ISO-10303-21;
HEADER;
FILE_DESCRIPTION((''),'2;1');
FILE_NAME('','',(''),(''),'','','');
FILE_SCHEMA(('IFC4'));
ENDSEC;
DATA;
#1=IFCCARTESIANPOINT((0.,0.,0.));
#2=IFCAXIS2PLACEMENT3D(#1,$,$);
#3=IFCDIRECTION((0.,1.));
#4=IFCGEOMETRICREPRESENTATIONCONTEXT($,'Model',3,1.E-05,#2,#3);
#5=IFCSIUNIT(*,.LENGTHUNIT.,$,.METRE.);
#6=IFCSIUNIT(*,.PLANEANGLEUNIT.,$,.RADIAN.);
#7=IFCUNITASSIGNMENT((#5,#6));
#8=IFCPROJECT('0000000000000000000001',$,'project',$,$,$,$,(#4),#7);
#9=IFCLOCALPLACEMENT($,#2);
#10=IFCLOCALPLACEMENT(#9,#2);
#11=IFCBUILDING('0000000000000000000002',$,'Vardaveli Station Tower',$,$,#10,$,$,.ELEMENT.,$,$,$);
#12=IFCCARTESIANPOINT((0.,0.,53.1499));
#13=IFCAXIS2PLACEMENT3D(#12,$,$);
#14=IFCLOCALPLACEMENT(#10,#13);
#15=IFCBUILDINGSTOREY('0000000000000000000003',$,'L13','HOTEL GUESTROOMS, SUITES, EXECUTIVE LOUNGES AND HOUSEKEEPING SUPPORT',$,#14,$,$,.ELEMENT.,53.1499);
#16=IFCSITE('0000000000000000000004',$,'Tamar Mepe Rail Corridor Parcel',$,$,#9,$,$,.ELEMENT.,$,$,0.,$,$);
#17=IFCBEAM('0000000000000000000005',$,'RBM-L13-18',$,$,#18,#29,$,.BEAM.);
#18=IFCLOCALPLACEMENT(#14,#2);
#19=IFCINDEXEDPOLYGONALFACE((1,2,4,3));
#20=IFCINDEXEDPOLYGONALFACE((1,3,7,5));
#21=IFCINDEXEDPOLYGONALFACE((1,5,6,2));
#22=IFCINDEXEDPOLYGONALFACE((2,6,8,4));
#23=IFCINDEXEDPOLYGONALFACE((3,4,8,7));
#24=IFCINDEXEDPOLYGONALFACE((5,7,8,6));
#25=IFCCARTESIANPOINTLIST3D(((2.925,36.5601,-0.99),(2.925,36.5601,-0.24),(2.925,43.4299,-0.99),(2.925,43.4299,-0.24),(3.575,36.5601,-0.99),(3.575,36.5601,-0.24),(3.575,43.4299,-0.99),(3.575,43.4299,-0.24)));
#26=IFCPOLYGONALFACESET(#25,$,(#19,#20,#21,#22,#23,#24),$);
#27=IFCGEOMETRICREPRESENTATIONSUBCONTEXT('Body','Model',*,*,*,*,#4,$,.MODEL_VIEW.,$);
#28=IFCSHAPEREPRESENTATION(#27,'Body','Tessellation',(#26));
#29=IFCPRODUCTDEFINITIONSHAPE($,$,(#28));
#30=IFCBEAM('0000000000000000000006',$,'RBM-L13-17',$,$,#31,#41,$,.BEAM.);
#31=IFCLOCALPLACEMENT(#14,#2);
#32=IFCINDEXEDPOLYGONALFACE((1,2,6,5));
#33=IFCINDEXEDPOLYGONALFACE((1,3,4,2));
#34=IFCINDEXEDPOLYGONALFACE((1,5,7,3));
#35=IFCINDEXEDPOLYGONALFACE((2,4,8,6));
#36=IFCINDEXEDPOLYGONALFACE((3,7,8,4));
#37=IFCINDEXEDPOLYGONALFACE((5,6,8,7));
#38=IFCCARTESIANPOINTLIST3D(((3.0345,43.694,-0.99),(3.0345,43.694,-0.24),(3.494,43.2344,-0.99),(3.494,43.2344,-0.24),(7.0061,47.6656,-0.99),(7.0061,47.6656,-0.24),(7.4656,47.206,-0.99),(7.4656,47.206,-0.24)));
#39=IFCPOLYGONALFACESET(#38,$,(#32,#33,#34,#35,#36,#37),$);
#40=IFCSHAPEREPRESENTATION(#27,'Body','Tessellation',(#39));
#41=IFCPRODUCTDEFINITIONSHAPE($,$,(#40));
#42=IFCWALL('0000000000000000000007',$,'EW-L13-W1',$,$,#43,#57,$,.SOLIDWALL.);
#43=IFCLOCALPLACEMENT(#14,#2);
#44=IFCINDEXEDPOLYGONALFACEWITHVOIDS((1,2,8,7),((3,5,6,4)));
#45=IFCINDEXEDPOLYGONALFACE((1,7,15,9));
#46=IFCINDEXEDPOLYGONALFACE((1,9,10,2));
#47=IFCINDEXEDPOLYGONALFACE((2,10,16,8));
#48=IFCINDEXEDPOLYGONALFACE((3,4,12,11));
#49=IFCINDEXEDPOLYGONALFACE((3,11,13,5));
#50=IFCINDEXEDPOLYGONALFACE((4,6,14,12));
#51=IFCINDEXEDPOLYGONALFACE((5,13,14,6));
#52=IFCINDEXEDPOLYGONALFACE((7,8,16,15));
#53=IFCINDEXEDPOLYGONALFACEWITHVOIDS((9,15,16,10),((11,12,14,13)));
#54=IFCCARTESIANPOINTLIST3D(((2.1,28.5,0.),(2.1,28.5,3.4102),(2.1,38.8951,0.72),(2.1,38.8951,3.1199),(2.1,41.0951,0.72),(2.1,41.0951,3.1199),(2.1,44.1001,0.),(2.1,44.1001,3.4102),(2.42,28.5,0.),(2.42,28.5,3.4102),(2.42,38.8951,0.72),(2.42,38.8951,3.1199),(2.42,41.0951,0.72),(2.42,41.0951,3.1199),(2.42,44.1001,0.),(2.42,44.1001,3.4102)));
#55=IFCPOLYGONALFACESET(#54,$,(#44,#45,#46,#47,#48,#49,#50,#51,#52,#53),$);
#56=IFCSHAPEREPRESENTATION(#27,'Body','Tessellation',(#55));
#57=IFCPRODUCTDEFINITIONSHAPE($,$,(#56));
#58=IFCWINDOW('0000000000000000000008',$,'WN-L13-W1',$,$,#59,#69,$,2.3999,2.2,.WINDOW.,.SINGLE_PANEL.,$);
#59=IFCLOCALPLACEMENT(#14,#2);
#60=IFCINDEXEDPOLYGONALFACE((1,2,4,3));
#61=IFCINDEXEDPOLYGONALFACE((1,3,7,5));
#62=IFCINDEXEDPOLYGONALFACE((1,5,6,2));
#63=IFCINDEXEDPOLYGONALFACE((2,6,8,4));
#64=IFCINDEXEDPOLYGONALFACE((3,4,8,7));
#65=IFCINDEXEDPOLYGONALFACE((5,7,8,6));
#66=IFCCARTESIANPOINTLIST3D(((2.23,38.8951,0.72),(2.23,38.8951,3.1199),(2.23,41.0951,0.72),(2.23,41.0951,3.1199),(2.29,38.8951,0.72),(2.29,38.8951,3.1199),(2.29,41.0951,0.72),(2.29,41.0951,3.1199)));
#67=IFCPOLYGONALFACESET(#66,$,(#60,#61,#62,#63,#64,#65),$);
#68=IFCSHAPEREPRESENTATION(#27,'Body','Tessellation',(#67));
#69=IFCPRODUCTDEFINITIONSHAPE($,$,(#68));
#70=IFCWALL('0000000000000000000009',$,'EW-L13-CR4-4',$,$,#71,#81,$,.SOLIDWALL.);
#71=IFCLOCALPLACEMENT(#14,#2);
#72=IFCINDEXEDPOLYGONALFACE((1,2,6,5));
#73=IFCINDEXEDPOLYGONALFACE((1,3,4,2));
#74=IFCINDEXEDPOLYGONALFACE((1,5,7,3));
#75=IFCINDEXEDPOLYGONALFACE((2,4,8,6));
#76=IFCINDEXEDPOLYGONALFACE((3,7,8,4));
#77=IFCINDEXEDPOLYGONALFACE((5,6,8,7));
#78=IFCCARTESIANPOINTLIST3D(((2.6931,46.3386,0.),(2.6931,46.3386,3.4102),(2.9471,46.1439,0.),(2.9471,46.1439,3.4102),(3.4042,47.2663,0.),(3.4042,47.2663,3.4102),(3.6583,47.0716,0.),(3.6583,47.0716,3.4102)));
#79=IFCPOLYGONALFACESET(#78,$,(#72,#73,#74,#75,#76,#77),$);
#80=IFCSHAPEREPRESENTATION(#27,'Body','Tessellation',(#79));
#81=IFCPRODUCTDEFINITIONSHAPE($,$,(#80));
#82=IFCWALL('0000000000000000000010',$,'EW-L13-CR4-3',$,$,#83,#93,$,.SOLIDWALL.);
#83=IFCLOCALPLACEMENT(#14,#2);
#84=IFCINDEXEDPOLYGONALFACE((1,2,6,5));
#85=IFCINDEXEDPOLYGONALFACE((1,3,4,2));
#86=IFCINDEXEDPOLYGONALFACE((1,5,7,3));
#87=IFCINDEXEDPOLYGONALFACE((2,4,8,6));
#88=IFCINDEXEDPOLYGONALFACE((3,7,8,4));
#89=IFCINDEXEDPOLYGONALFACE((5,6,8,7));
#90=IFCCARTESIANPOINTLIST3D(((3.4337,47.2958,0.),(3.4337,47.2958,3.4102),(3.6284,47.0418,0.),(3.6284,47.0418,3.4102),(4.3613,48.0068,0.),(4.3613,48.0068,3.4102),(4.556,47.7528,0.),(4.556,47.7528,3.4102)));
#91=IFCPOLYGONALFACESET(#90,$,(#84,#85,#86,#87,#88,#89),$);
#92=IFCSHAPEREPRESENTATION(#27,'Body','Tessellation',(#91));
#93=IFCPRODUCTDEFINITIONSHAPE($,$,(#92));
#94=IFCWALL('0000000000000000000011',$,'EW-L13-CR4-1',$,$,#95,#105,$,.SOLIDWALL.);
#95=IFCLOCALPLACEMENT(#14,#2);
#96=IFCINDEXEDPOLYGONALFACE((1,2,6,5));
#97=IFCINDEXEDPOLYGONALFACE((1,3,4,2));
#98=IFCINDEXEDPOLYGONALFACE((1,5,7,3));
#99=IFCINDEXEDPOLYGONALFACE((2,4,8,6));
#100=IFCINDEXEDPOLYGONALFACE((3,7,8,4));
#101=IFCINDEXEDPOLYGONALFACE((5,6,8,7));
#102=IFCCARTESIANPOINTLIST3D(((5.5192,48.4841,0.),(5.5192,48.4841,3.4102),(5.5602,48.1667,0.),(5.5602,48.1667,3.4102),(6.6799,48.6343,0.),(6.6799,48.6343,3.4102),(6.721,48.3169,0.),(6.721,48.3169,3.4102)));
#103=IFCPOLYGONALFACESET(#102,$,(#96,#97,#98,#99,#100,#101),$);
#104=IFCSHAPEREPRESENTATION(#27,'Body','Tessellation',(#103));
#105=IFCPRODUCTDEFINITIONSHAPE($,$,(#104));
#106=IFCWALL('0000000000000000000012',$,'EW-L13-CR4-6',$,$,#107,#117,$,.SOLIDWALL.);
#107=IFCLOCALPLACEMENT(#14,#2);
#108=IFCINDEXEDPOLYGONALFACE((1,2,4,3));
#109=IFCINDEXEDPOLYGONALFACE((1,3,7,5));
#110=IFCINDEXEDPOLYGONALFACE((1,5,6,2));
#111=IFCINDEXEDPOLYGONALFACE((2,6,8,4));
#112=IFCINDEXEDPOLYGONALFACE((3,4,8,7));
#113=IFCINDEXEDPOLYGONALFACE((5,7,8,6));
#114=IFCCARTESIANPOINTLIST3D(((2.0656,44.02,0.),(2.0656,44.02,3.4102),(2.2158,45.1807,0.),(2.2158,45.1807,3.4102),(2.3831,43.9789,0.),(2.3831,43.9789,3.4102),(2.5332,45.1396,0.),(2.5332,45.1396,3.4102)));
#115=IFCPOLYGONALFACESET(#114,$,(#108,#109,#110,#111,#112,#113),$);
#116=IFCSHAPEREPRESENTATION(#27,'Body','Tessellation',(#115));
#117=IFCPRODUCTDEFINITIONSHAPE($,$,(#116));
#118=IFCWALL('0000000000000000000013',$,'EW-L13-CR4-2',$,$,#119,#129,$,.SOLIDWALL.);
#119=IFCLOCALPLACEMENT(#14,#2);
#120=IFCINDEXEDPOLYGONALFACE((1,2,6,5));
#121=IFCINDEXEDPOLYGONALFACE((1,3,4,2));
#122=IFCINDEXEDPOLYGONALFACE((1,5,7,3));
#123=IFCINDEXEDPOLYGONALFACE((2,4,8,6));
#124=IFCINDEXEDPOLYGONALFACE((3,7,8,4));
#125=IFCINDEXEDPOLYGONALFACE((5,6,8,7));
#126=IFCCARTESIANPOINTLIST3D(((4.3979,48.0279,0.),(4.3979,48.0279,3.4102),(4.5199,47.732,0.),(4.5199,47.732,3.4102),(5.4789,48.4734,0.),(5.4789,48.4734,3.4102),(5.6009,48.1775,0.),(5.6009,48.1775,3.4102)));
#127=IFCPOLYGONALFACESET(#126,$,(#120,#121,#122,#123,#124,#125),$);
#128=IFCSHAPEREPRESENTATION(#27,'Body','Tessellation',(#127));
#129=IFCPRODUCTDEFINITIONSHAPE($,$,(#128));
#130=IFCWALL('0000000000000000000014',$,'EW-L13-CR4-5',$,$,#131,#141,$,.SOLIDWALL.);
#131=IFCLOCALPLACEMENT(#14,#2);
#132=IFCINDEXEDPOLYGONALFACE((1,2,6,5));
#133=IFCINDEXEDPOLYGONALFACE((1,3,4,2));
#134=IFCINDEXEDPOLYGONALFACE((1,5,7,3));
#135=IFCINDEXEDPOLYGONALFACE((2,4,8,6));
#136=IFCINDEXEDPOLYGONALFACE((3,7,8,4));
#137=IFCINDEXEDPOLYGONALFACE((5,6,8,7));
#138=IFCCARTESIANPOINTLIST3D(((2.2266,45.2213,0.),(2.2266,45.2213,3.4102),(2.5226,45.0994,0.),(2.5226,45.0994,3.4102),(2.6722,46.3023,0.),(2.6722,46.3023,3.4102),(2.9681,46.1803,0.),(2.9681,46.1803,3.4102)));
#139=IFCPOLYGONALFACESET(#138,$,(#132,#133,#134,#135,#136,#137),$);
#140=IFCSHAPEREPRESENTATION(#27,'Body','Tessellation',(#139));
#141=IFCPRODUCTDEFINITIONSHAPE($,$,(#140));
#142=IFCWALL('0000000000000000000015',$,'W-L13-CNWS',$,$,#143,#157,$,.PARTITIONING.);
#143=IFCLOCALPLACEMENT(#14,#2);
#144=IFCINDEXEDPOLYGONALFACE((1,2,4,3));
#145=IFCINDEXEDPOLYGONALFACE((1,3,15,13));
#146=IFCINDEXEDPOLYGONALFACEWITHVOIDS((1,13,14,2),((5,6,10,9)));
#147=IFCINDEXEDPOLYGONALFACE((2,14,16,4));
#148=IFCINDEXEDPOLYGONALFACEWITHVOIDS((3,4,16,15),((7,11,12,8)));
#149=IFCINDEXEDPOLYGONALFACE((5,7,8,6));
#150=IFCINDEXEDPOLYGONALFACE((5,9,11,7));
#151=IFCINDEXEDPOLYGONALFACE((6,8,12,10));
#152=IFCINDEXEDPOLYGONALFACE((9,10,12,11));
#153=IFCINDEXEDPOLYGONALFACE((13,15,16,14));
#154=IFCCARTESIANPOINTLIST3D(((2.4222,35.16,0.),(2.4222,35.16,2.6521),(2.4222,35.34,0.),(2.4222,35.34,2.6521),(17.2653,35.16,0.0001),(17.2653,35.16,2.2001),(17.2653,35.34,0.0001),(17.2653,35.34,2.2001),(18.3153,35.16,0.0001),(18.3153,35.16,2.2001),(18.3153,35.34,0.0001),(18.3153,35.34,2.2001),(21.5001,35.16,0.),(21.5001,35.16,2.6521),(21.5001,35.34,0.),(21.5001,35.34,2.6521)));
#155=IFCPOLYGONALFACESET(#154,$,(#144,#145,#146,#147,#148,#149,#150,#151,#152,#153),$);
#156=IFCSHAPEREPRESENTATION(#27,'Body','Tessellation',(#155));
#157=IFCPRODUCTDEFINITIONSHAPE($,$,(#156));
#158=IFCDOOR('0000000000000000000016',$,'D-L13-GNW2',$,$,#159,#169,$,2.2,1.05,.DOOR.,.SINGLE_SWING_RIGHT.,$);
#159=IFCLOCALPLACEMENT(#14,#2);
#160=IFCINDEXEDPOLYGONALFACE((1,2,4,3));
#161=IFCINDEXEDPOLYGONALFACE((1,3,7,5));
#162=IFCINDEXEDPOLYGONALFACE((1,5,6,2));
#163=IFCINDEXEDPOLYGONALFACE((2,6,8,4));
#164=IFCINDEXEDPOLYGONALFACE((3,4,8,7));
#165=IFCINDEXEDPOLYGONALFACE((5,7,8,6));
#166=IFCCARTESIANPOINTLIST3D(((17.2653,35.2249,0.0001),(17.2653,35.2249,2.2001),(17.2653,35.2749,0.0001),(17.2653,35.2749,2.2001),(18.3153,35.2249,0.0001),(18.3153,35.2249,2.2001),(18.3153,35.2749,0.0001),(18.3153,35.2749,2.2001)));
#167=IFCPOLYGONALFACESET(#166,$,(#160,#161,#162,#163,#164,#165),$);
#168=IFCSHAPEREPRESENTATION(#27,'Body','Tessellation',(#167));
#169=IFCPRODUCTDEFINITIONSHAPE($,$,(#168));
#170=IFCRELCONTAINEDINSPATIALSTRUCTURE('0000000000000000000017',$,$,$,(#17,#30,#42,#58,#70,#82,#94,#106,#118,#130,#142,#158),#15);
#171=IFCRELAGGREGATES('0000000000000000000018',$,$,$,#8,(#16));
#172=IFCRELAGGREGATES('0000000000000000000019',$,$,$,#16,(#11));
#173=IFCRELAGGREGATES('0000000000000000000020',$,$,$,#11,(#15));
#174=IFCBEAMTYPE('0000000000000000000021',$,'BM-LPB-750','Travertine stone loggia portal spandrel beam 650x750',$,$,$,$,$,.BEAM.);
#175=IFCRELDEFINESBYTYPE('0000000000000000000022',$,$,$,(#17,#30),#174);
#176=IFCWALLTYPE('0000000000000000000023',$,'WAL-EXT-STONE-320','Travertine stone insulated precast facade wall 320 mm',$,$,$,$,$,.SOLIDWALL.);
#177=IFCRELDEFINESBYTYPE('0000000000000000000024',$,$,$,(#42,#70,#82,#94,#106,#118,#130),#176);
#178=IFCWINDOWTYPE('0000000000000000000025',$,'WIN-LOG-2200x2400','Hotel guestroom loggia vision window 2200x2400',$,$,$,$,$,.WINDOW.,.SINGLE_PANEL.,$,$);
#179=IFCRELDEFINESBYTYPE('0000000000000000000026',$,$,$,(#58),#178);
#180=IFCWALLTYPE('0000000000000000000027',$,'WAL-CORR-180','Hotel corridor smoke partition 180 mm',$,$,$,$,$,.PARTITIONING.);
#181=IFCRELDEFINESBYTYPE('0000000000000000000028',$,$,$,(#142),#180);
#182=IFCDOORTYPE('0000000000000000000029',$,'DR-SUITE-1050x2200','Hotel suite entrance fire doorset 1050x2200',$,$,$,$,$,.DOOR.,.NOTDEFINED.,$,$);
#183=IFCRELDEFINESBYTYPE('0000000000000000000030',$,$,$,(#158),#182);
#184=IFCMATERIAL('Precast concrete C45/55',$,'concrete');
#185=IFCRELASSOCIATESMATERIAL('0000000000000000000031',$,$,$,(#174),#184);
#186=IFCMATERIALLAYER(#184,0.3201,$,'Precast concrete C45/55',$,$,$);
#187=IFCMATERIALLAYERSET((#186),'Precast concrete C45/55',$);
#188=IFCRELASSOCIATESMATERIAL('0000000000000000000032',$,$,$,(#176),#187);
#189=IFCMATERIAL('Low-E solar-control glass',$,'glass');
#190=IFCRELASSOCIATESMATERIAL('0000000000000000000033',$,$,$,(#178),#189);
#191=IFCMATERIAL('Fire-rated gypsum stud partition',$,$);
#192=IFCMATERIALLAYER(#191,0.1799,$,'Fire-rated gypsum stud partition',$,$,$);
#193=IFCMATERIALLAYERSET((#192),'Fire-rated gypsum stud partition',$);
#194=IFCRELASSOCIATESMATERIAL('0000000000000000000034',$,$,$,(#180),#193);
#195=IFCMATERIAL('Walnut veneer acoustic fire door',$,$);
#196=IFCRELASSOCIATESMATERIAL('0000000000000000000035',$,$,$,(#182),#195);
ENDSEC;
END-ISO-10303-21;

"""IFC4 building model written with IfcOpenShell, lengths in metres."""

from ifc_helpers import new_model, si_unit, direction, frame, frame_2d, origin, origin_2d, place, context, subcontext, project, spatial, rectangle, extrude, source, transform, mapped, material, layer, layer_set, material_profile, profile_set, type_object, element, fill, save


model = new_model("IFC4")

# Units and contexts
model_context = context("Model", 3, precision=1e-05, world=origin(), true_north=direction((0.0, 1.0)))
body_context = subcontext(model_context, "Body", "Model", "MODEL_VIEW")
ifc_project = project(units=[si_unit("LENGTHUNIT", "METRE"), si_unit("PLANEANGLEUNIT", "RADIAN")], contexts=[model_context])

# Site, building, storey
site_placement = place(None, origin())
site = spatial("IfcSite", under=ifc_project, at=site_placement, Name="Tamar Mepe Rail Corridor Parcel", CompositionType="ELEMENT", RefElevation=0.0)
building_placement = place(site_placement, origin())
building = spatial("IfcBuilding", under=site, at=building_placement, Name="Vardaveli Station Tower", CompositionType="ELEMENT")
storey_placement = place(building_placement, frame((0.0, 0.0, 53.1499)))
storey = spatial("IfcBuildingStorey", under=building, at=storey_placement, Name="L13", Description="HOTEL GUESTROOMS, SUITES, EXECUTIVE LOUNGES AND HOUSEKEEPING SUPPORT", CompositionType="ELEMENT", Elevation=53.1499)

# Beams
ifc_material_1 = material(Name="Precast concrete C45/55", Category="concrete")
ifc_material_profile_1 = material_profile(ifc_material_1, rectangle(XDim=0.6499, YDim=0.75, at=origin_2d()), Name="LPB 650x750")
ifc_profile_set_1 = profile_set([ifc_material_profile_1], Name="Precast concrete C45/55")
beam_type = type_object("IfcBeamType", Name="BM-LPB-750", Description="Travertine stone loggia portal spandrel beam 650x750", PredefinedType="BEAM", material=ifc_profile_set_1)
shared_shape_1 = source(origin(), body_context, "Body", "SweptSolid", [
    extrude(rectangle(XDim=0.6499, YDim=0.75, at=origin_2d()), origin(), (0.0, 0.0, 1.0), 6.8699),
])
for number, where, z_axis, x_axis, name in (
    (1, (3.25, 43.4299, -0.615), (0.0, -1.0, 0.0), (1.0, 0.0, 0.0), "RBM-L13-18"),
):
    element("IfcBeam", number, at=place(storey_placement, frame(where, z_axis=z_axis, x_axis=x_axis)), inside=storey, type_object=beam_type, Name=name, PredefinedType="BEAM", context=body_context, shape_type="MappedRepresentation", body=[
        mapped(shared_shape_1, transform((0.0, 0.0, 0.0), scale=1.0)),
    ])
shared_shape_2 = source(origin(), body_context, "Body", "SweptSolid", [
    extrude(rectangle(XDim=0.6499, YDim=0.75, at=origin_2d()), origin(), (0.0, 0.0, 1.0), 5.6167),
])
beam_1_placement = place(storey_placement, frame((7.2358, 47.4358, -0.615), z_axis=(-0.707107, -0.707107, 0.0), x_axis=(0.707107, -0.707107, 0.0)))
element("IfcBeam", 2, at=beam_1_placement, inside=storey, type_object=beam_type, Name="RBM-L13-17", PredefinedType="BEAM", context=body_context, shape_type="MappedRepresentation", body=[
    mapped(shared_shape_2, transform((0.0, 0.0, 0.0), scale=1.0)),
])

# Wall, opening, window
ifc_layer_1 = layer(ifc_material_1, 0.3201, Name="Precast concrete C45/55")
ifc_layer_set_1 = layer_set([ifc_layer_1], Name="Precast concrete C45/55")
wall_type_1 = type_object("IfcWallType", Name="WAL-EXT-STONE-320", Description="Travertine stone insulated precast facade wall 320 mm", PredefinedType="SOLIDWALL", material=ifc_layer_set_1)
shared_shape_3 = source(origin(), body_context, "Body", "SweptSolid", [
    extrude(rectangle(XDim=15.6001, YDim=0.3201, at=frame_2d((7.8, 0.0))), origin(), (0.0, 0.0, 1.0), 3.4102),
])
wall_1_placement = place(storey_placement, frame((2.26, 44.1001, 0.0), z_axis=(0.0, 0.0, 1.0), x_axis=(0.0, -1.0, 0.0)))
wall_1 = element("IfcWall", 3, at=wall_1_placement, inside=storey, type_object=wall_type_1, Name="EW-L13-W1", PredefinedType="SOLIDWALL", context=body_context, shape_type="MappedRepresentation", body=[
    mapped(shared_shape_3, transform((0.0, 0.0, 0.0), scale=1.0)),
])
shared_shape_4 = source(origin(), body_context, "Body", "SweptSolid", [
    extrude(rectangle(XDim=2.2, YDim=2.3999, at=frame_2d((1.1001, 1.2))), frame((0.0, 0.1699, 0.0), z_axis=(0.0, -1.0, 0.0), x_axis=(1.0, 0.0, 0.0)), (0.0, 0.0, 1.0), 0.3401),
])
opening_1_placement = place(wall_1_placement, frame((3.0049, 0.0, 0.72)))
opening_1 = element("IfcOpeningElement", 4, at=opening_1_placement, cuts=wall_1, PredefinedType="OPENING", context=body_context, shape_type="MappedRepresentation", body=[
    mapped(shared_shape_4, transform((0.0, 0.0, 0.0), scale=1.0)),
])
ifc_material_2 = material(Name="Low-E solar-control glass", Category="glass")
window_type = type_object("IfcWindowType", Name="WIN-LOG-2200x2400", Description="Hotel guestroom loggia vision window 2200x2400", PartitioningType="SINGLE_PANEL", PredefinedType="WINDOW", material=ifc_material_2)
shared_shape_5 = source(origin(), body_context, "Body", "SweptSolid", [
    extrude(rectangle(XDim=2.2, YDim=2.3999, at=frame_2d((1.1001, 1.2))), frame((0.0, 0.03, 0.0), z_axis=(0.0, -1.0, 0.0), x_axis=(1.0, 0.0, 0.0)), (0.0, 0.0, 1.0), 0.0601),
])
window_placement = place(opening_1_placement, origin())
window = element("IfcWindow", 5, at=window_placement, inside=storey, type_object=window_type, Name="WN-L13-W1", OverallHeight=2.3999, OverallWidth=2.2, PartitioningType="SINGLE_PANEL", PredefinedType="WINDOW", context=body_context, shape_type="MappedRepresentation", body=[
    mapped(shared_shape_5, transform((0.0, 0.0, 0.0), scale=1.0)),
])
fill(opening_1, window)

# Walls
shared_shape_6 = source(origin(), body_context, "Body", "SweptSolid", [
    extrude(rectangle(XDim=1.1689, YDim=0.3201, at=frame_2d((0.5845, 0.0))), origin(), (0.0, 0.0, 1.0), 3.4102),
])
wall_2_placement = place(storey_placement, frame((3.5312, 47.1689, 0.0), z_axis=(0.0, 0.0, 1.0), x_axis=(-0.608388, -0.79364, 0.0)))
element("IfcWall", 6, at=wall_2_placement, inside=storey, type_object=wall_type_1, Name="EW-L13-CR4-4", PredefinedType="SOLIDWALL", context=body_context, shape_type="MappedRepresentation", body=[
    mapped(shared_shape_6, transform((0.0, 0.0, 0.0), scale=1.0)),
])
shared_shape_7 = source(origin(), body_context, "Body", "SweptSolid", [
    extrude(rectangle(XDim=1.1687, YDim=0.3201, at=frame_2d((0.5845, 0.0))), origin(), (0.0, 0.0, 1.0), 3.4102),
])
wall_3_placement = place(storey_placement, frame((4.4587, 47.8799, 0.0), z_axis=(0.0, 0.0, 1.0), x_axis=(-0.793664, -0.608357, 0.0)))
element("IfcWall", 7, at=wall_3_placement, inside=storey, type_object=wall_type_1, Name="EW-L13-CR4-3", PredefinedType="SOLIDWALL", context=body_context, shape_type="MappedRepresentation", body=[
    mapped(shared_shape_7, transform((0.0, 0.0, 0.0), scale=1.0)),
])
shared_shape_8 = source(origin(), body_context, "Body", "SweptSolid", [
    extrude(rectangle(XDim=1.1704, YDim=0.3201, at=frame_2d((0.5852, 0.0))), origin(), (0.0, 0.0, 1.0), 3.4102),
])
for number, where, z_axis, x_axis, name in (
    (8, (6.7004, 48.4756, 0.0), (0.0, 0.0, 1.0), (-0.991736, -0.128296, 0.0), "EW-L13-CR4-1"),
    (9, (2.3745, 45.1602, 0.0), (0.0, 0.0, 1.0), (-0.128296, -0.991736, 0.0), "EW-L13-CR4-6"),
):
    element("IfcWall", number, at=place(storey_placement, frame(where, z_axis=z_axis, x_axis=x_axis)), inside=storey, type_object=wall_type_1, Name=name, PredefinedType="SOLIDWALL", context=body_context, shape_type="MappedRepresentation", body=[
        mapped(shared_shape_8, transform((0.0, 0.0, 0.0), scale=1.0)),
    ])
shared_shape_9 = source(origin(), body_context, "Body", "SweptSolid", [
    extrude(rectangle(XDim=1.1692, YDim=0.3201, at=frame_2d((0.5845, 0.0))), origin(), (0.0, 0.0, 1.0), 3.4102),
])
for number, where, z_axis, x_axis, name in (
    (10, (5.5398, 48.3254, 0.0), (0.0, 0.0, 1.0), (-0.924553, -0.381054, 0.0), "EW-L13-CR4-2"),
    (11, (2.8201, 46.2412, 0.0), (0.0, 0.0, 1.0), (-0.381054, -0.924553, 0.0), "EW-L13-CR4-5"),
):
    element("IfcWall", number, at=place(storey_placement, frame(where, z_axis=z_axis, x_axis=x_axis)), inside=storey, type_object=wall_type_1, Name=name, PredefinedType="SOLIDWALL", context=body_context, shape_type="MappedRepresentation", body=[
        mapped(shared_shape_9, transform((0.0, 0.0, 0.0), scale=1.0)),
    ])

# Wall, opening, door
ifc_material_3 = material(Name="Fire-rated gypsum stud partition")
ifc_layer_2 = layer(ifc_material_3, 0.1799, Name="Fire-rated gypsum stud partition")
ifc_layer_set_2 = layer_set([ifc_layer_2], Name="Fire-rated gypsum stud partition")
wall_type_2 = type_object("IfcWallType", Name="WAL-CORR-180", Description="Hotel corridor smoke partition 180 mm", PredefinedType="PARTITIONING", material=ifc_layer_set_2)
shared_shape_10 = source(origin(), body_context, "Body", "SweptSolid", [
    extrude(rectangle(XDim=19.0779, YDim=0.1799, at=frame_2d((9.5391, 0.0))), origin(), (0.0, 0.0, 1.0), 2.6521),
])
wall_4_placement = place(storey_placement, frame((2.4221, 35.25, 0.0), z_axis=(0.0, 0.0, 1.0), x_axis=(1.0, 0.0, 0.0)))
wall_4 = element("IfcWall", 12, at=wall_4_placement, inside=storey, type_object=wall_type_2, Name="W-L13-CNWS", PredefinedType="PARTITIONING", context=body_context, shape_type="MappedRepresentation", body=[
    mapped(shared_shape_10, transform((0.0, 0.0, 0.0), scale=1.0)),
])
shared_shape_11 = source(origin(), body_context, "Body", "SweptSolid", [
    extrude(rectangle(XDim=1.05, YDim=2.2, at=frame_2d((0.5249, 1.1001))), frame((0.0, 0.1001, 0.0), z_axis=(0.0, -1.0, 0.0), x_axis=(1.0, 0.0, 0.0)), (0.0, 0.0, 1.0), 0.2),
])
opening_2_placement = place(wall_4_placement, frame((14.8433, 0.0, 0.0)))
opening_2 = element("IfcOpeningElement", 13, at=opening_2_placement, cuts=wall_4, PredefinedType="OPENING", context=body_context, shape_type="MappedRepresentation", body=[
    mapped(shared_shape_11, transform((0.0, 0.0, 0.0), scale=1.0)),
])
ifc_material_4 = material(Name="Walnut veneer acoustic fire door")
door_type_1 = type_object("IfcDoorType", Name="DR-SUITE-1050x2200", Description="Hotel suite entrance fire doorset 1050x2200", OperationType="NOTDEFINED", PredefinedType="DOOR", material=ifc_material_4)
shared_shape_12 = source(origin(), body_context, "Body", "SweptSolid", [
    extrude(rectangle(XDim=1.05, YDim=2.2, at=frame_2d((0.5249, 1.1001))), frame((0.0, 0.0249, 0.0), z_axis=(0.0, -1.0, 0.0), x_axis=(1.0, 0.0, 0.0)), (0.0, 0.0, 1.0), 0.05),
])
door_1_placement = place(opening_2_placement, origin())
door_1 = element("IfcDoor", 14, at=door_1_placement, inside=storey, type_object=door_type_1, Name="D-L13-GNW2", OperationType="SINGLE_SWING_RIGHT", OverallHeight=2.2, OverallWidth=1.05, PredefinedType="DOOR", context=body_context, shape_type="MappedRepresentation", body=[
    mapped(shared_shape_12, transform((0.0, 0.0, 0.0), scale=1.0)),
])
fill(opening_2, door_1)

save(model, "model.ifc")
